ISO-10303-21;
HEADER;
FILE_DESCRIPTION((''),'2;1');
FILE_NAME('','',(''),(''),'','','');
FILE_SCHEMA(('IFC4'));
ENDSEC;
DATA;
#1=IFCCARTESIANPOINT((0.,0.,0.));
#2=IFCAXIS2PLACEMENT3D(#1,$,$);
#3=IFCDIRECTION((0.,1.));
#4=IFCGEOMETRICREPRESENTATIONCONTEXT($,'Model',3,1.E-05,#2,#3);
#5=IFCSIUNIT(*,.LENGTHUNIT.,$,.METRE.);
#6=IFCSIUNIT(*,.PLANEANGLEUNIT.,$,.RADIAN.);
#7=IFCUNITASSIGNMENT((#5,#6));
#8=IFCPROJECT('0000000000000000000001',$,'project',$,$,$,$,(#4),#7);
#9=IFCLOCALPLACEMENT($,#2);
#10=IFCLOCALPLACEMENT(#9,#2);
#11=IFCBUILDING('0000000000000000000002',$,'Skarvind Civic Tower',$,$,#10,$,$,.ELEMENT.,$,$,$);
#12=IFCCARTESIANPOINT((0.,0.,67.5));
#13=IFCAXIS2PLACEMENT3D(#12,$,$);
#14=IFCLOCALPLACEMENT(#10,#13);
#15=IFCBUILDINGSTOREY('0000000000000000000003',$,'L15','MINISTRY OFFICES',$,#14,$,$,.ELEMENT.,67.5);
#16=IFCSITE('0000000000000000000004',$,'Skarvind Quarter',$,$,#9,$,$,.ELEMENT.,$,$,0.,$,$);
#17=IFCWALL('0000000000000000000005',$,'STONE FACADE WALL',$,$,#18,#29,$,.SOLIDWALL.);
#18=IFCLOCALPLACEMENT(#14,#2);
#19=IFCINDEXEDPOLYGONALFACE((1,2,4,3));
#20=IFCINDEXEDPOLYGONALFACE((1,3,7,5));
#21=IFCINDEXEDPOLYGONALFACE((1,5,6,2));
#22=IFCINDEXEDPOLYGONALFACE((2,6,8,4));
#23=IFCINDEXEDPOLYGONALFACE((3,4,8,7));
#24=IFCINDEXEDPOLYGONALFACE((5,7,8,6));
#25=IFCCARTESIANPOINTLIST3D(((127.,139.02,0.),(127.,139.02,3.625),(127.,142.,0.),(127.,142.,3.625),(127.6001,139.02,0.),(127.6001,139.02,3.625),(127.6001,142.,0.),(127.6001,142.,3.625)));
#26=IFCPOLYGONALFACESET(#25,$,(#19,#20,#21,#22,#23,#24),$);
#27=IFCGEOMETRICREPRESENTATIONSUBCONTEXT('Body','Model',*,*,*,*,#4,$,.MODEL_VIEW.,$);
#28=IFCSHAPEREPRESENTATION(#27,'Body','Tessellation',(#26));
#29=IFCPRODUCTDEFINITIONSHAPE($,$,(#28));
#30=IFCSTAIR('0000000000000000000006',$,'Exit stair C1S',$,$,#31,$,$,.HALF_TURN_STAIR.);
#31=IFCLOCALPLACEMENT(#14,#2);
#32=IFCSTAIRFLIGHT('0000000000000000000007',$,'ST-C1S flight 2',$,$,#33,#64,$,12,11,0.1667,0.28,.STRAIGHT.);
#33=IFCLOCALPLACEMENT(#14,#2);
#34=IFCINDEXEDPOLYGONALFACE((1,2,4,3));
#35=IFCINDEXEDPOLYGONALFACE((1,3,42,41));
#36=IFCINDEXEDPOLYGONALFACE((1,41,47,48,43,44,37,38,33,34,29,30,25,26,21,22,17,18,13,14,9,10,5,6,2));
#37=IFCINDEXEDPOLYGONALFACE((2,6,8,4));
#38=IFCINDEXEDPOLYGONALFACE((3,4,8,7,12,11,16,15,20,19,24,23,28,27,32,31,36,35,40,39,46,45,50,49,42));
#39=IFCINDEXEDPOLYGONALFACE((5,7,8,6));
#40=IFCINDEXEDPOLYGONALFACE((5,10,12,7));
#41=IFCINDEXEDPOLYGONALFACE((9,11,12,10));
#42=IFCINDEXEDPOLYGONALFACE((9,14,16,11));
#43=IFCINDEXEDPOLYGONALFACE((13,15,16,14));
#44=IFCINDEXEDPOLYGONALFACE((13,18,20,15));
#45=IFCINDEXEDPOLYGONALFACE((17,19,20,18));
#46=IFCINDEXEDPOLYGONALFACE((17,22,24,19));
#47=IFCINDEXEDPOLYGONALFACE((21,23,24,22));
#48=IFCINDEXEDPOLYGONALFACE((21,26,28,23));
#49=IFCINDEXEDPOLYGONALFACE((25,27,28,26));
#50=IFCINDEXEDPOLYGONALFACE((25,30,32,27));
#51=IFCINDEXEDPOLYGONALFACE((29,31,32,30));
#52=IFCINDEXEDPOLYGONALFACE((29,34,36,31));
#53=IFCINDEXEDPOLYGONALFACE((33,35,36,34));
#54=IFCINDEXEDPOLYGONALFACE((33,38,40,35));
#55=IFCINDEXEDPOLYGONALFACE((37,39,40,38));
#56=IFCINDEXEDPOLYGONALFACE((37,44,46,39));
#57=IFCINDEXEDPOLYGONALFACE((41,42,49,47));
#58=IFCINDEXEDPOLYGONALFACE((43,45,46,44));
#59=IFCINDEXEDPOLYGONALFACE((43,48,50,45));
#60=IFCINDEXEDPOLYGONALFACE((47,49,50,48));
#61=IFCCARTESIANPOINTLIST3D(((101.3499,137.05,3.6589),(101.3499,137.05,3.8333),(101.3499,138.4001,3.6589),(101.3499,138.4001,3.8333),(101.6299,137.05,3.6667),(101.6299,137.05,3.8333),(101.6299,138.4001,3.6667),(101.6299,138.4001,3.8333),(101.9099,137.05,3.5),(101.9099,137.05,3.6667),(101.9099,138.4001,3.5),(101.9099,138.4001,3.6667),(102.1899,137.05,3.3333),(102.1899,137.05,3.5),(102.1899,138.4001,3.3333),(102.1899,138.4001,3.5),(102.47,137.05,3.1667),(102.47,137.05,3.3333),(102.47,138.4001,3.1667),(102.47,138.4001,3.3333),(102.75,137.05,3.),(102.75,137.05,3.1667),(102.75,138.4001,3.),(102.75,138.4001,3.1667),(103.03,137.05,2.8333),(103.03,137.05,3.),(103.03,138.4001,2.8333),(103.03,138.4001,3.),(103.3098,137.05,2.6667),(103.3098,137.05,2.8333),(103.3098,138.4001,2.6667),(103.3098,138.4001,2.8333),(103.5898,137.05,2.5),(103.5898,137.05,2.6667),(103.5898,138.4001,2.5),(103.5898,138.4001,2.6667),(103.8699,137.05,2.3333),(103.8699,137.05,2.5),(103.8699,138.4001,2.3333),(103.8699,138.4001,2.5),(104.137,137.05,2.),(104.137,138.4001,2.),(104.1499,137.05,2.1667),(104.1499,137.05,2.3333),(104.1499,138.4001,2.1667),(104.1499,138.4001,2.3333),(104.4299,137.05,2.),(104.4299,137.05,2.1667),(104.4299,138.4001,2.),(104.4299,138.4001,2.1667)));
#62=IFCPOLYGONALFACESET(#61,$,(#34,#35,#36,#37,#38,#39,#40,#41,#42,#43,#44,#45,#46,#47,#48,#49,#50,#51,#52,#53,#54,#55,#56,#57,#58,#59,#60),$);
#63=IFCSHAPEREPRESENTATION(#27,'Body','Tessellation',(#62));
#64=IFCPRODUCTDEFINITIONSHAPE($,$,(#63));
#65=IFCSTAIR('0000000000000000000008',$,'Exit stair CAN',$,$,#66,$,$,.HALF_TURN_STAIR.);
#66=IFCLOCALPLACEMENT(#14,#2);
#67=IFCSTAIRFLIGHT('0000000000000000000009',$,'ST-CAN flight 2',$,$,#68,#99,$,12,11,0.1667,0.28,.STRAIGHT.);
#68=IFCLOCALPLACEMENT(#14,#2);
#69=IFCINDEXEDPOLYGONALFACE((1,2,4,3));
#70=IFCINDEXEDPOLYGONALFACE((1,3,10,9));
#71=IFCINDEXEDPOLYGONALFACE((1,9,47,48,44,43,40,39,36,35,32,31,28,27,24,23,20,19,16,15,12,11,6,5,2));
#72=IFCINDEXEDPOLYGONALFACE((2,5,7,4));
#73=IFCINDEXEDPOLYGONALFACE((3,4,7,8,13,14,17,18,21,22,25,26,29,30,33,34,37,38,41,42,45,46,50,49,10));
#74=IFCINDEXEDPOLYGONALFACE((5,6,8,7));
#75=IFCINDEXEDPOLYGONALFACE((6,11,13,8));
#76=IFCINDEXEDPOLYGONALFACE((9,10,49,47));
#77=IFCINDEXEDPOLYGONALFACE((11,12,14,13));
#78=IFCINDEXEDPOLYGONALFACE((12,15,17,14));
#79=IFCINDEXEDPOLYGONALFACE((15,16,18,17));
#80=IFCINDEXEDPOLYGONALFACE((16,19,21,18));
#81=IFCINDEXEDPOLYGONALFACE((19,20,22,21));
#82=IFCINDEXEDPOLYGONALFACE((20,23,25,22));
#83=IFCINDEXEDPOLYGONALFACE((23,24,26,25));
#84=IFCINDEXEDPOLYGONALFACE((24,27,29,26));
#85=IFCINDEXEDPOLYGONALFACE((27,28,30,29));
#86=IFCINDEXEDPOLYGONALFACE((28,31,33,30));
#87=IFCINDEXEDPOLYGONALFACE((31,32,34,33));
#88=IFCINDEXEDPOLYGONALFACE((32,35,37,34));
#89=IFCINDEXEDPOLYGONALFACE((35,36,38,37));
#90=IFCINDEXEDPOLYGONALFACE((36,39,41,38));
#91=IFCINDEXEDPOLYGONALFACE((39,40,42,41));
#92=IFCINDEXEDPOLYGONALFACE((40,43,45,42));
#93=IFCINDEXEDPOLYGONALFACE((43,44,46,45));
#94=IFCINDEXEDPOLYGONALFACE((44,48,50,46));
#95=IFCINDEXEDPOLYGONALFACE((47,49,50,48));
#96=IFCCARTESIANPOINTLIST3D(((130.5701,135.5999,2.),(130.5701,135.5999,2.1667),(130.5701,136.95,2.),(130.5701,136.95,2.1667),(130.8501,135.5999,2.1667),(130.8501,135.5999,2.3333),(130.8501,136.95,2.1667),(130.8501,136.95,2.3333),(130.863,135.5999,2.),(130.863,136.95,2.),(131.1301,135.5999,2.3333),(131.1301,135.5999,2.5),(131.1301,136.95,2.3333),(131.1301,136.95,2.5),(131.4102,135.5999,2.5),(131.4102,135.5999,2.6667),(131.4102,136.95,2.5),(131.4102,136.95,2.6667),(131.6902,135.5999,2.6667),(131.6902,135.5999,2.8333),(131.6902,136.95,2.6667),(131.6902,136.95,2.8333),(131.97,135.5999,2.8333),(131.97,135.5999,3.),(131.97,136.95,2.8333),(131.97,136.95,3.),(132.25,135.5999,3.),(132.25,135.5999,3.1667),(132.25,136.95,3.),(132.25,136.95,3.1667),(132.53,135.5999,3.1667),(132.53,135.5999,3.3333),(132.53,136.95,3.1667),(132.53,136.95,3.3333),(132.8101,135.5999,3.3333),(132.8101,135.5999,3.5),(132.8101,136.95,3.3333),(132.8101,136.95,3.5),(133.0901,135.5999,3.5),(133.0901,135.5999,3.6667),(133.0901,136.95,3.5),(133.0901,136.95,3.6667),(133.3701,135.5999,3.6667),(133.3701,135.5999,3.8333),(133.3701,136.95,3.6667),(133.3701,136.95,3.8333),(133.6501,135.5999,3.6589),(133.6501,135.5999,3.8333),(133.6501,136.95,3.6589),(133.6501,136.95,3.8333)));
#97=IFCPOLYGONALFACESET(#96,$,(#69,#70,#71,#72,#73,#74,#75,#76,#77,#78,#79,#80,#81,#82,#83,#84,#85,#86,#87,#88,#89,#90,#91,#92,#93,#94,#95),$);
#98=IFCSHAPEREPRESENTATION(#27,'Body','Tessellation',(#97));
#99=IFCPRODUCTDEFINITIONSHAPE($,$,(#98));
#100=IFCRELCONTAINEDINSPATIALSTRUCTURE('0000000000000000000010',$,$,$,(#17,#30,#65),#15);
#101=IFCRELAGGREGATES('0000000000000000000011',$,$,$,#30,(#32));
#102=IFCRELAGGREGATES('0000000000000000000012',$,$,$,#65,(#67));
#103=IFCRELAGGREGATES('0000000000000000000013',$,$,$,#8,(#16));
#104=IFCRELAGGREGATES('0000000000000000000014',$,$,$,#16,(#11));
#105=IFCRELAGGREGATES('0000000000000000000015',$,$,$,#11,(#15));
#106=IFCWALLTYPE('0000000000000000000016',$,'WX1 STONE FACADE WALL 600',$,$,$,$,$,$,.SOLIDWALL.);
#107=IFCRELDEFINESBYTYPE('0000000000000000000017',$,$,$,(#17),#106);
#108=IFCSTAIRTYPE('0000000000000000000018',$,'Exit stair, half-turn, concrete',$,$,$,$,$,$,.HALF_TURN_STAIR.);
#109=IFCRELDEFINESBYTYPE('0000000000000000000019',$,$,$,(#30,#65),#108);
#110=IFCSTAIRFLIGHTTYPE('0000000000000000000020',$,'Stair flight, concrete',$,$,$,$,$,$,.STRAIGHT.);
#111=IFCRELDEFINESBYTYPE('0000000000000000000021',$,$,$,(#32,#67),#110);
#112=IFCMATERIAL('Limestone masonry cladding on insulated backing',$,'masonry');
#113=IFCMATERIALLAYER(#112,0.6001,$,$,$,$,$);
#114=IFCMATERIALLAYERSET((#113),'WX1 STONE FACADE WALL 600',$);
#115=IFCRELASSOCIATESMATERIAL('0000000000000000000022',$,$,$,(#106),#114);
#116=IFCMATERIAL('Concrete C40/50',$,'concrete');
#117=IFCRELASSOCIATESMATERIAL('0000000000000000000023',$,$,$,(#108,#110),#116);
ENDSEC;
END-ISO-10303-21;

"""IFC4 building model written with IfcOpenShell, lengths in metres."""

from ifc_helpers import new_model, si_unit, direction, frame, frame_2d, origin, place, context, subcontext, project, spatial, polyline, rectangle, outline, extrude, material, layer, layer_set, type_object, element, aggregate, save


model = new_model("IFC4")

# Units and contexts
model_context = context("Model", 3, precision=1e-05, world=origin(), true_north=direction((0.0, 1.0)))
body_context = subcontext(model_context, "Body", "Model", "MODEL_VIEW")
ifc_project = project(units=[si_unit("LENGTHUNIT", "METRE"), si_unit("PLANEANGLEUNIT", "RADIAN")], contexts=[model_context])

# Site, building, storey
site_placement = place(None, origin())
site = spatial("IfcSite", under=ifc_project, at=site_placement, Name="Skarvind Quarter", CompositionType="ELEMENT", RefElevation=0.0)
building_placement = place(site_placement, origin())
building = spatial("IfcBuilding", under=site, at=building_placement, Name="Skarvind Civic Tower", CompositionType="ELEMENT")
storey_placement = place(building_placement, frame((0.0, 0.0, 67.5)))
storey = spatial("IfcBuildingStorey", under=building, at=storey_placement, Name="L15", Description="MINISTRY OFFICES", CompositionType="ELEMENT", Elevation=67.5)

# Wall
ifc_material_1 = material(Name="Limestone masonry cladding on insulated backing", Category="masonry")
ifc_layer_1 = layer(ifc_material_1, 0.6001)
ifc_layer_set_1 = layer_set([ifc_layer_1], Name="WX1 STONE FACADE WALL 600")
wall_type_1 = type_object("IfcWallType", Name="WX1 STONE FACADE WALL 600", PredefinedType="SOLIDWALL", material=ifc_layer_set_1)
wall_1_placement = place(storey_placement, frame((127.3, 139.02, 0.0), z_axis=(0.0, 0.0, 1.0), x_axis=(0.0, 1.0, 0.0)))
element("IfcWall", 1, at=wall_1_placement, inside=storey, type_object=wall_type_1, Name="STONE FACADE WALL", PredefinedType="SOLIDWALL", context=body_context, shape_type="SweptSolid", body=[
    extrude(rectangle(XDim=2.98, YDim=0.6001, at=frame_2d((1.49, 0.0))), origin(), (0.0, 0.0, 1.0), 3.625),
])

# Stairs, stair flights
ifc_material_2 = material(Name="Concrete C40/50", Category="concrete")
stair_type = type_object("IfcStairType", Name="Exit stair, half-turn, concrete", PredefinedType="HALF_TURN_STAIR", material=ifc_material_2)
stair_1_placement = place(storey_placement, origin())
stair_1 = element("IfcStair", 2, at=stair_1_placement, inside=storey, type_object=stair_type, Name="Exit stair C1S", PredefinedType="HALF_TURN_STAIR")
stair_flight_type = type_object("IfcStairFlightType", Name="Stair flight, concrete", PredefinedType="STRAIGHT", material=ifc_material_2)
stair_flight_1_placement = place(storey_placement, frame((104.4299, 137.7251, 2.0), z_axis=(0.0, 0.0, 1.0), x_axis=(-1.0, 0.0, 0.0)))
stair_flight_1 = element("IfcStairFlight", 3, at=stair_flight_1_placement, type_object=stair_flight_type, Name="ST-C1S flight 2", NumberOfRisers=12, NumberOfTreads=11, PredefinedType="STRAIGHT", RiserHeight=0.1667, TreadLength=0.28, context=body_context, shape_type="SweptSolid", body=[
    extrude(outline(polyline([(0.0, 0.0), (0.0, 0.1667), (0.28, 0.1667), (0.28, 0.3333), (0.5601, 0.3333), (0.5601, 0.5), (0.8401, 0.5), (0.8401, 0.6667), (1.1201, 0.6667), (1.1201, 0.8333), (1.3999, 0.8333), (1.3999, 1.0), (1.6799, 1.0), (1.6799, 1.1667), (1.96, 1.1667), (1.96, 1.3333), (2.24, 1.3333), (2.24, 1.5), (2.52, 1.5), (2.52, 1.6667), (2.8, 1.6667), (2.8, 1.8333), (3.0801, 1.8333), (3.0801, 2.0), (3.0801, 1.6589), (0.293, 0.0), (0.0, 0.0)])), frame((0.0, 0.675, 0.0), z_axis=(0.0, -1.0, 0.0), x_axis=(1.0, 0.0, 0.0)), (0.0, 0.0, 1.0), 1.3501),
])
aggregate(stair_1, [stair_flight_1])
stair_2_placement = place(storey_placement, origin())
stair_2 = element("IfcStair", 4, at=stair_2_placement, inside=storey, type_object=stair_type, Name="Exit stair CAN", PredefinedType="HALF_TURN_STAIR")
stair_flight_2_placement = place(storey_placement, frame((130.5701, 136.2749, 2.0), z_axis=(0.0, 0.0, 1.0), x_axis=(1.0, 0.0, 0.0)))
stair_flight_2 = element("IfcStairFlight", 5, at=stair_flight_2_placement, type_object=stair_flight_type, Name="ST-CAN flight 2", NumberOfRisers=12, NumberOfTreads=11, PredefinedType="STRAIGHT", RiserHeight=0.1667, TreadLength=0.28, context=body_context, shape_type="SweptSolid", body=[
    extrude(outline(polyline([(0.0, 0.0), (0.0, 0.1667), (0.28, 0.1667), (0.28, 0.3333), (0.5601, 0.3333), (0.5601, 0.5), (0.8401, 0.5), (0.8401, 0.6667), (1.1201, 0.6667), (1.1201, 0.8333), (1.3999, 0.8333), (1.3999, 1.0), (1.6799, 1.0), (1.6799, 1.1667), (1.96, 1.1667), (1.96, 1.3333), (2.24, 1.3333), (2.24, 1.5), (2.52, 1.5), (2.52, 1.6667), (2.8, 1.6667), (2.8, 1.8333), (3.0801, 1.8333), (3.0801, 2.0), (3.0801, 1.6589), (0.293, 0.0), (0.0, 0.0)])), frame((0.0, 0.675, 0.0), z_axis=(0.0, -1.0, 0.0), x_axis=(1.0, 0.0, 0.0)), (0.0, 0.0, 1.0), 1.3501),
])
aggregate(stair_2, [stair_flight_2])

save(model, "model.ifc")
